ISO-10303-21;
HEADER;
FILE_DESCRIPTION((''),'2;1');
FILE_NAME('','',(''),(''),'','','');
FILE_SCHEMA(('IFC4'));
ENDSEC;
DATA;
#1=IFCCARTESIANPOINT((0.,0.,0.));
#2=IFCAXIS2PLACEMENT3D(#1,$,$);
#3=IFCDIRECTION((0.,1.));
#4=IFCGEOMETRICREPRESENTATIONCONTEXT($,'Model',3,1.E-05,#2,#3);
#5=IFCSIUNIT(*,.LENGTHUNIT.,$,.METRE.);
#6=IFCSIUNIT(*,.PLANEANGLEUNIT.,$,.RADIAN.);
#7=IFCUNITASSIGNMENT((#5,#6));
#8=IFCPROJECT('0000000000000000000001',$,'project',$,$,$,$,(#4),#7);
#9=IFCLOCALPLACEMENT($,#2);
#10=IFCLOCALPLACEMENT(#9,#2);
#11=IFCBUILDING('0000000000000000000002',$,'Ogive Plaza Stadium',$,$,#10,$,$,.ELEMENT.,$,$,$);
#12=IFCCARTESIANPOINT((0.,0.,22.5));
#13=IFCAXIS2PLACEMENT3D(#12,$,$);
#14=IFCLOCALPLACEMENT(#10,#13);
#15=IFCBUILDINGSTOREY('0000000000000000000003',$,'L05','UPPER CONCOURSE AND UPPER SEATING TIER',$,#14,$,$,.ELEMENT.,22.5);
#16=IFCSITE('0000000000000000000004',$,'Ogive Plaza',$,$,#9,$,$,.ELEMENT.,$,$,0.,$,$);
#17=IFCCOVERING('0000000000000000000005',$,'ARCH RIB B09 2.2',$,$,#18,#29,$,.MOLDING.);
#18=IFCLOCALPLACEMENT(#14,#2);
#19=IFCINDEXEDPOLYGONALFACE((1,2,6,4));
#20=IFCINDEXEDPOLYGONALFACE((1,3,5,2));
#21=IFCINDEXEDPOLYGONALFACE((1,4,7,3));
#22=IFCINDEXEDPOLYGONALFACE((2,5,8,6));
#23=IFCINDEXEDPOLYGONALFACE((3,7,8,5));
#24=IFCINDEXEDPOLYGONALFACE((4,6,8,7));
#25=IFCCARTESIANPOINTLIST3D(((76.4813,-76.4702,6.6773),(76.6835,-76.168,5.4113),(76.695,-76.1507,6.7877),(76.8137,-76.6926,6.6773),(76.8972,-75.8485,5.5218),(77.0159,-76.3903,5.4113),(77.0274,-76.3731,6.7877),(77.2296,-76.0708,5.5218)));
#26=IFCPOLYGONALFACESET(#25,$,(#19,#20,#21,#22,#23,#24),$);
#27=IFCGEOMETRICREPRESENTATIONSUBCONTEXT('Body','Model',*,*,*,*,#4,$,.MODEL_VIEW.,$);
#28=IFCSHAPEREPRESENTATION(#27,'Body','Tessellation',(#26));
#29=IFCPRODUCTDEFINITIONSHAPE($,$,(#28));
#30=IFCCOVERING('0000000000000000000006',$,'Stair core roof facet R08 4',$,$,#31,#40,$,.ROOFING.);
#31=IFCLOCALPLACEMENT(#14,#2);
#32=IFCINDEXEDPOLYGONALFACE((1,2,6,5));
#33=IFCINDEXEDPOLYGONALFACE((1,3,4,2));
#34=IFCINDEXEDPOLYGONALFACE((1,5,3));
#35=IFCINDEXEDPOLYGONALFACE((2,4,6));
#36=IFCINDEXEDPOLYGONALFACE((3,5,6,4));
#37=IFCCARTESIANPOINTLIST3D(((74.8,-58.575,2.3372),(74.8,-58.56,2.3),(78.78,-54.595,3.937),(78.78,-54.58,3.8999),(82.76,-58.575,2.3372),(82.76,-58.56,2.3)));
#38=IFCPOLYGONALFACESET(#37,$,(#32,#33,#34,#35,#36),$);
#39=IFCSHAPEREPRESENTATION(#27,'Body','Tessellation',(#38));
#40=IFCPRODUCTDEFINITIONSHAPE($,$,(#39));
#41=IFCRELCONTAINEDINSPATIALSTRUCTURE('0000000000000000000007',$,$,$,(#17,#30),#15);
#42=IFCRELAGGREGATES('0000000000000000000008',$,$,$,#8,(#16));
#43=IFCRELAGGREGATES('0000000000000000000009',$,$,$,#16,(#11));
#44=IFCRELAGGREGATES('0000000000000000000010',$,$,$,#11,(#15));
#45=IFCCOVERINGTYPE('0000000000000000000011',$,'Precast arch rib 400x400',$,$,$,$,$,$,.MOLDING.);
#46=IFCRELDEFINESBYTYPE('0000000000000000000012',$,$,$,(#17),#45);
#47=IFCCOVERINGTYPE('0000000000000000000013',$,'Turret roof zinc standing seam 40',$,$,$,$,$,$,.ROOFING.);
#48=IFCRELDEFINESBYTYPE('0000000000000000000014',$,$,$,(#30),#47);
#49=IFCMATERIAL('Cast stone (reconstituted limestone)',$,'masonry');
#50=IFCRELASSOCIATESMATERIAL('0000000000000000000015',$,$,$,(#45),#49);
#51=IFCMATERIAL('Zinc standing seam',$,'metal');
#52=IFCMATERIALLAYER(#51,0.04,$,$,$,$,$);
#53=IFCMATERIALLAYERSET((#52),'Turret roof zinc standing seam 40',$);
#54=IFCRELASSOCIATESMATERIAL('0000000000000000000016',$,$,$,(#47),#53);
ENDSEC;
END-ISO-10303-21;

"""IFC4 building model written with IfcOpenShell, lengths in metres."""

from ifc_helpers import new_model, si_unit, direction, frame, origin, origin_2d, place, context, subcontext, project, spatial, polyline, rectangle, outline, extrude, material, layer, layer_set, material_profile, profile_set, type_object, element, save


model = new_model("IFC4")

# Units and contexts
model_context = context("Model", 3, precision=1e-05, world=origin(), true_north=direction((0.0, 1.0)))
body_context = subcontext(model_context, "Body", "Model", "MODEL_VIEW")
ifc_project = project(units=[si_unit("LENGTHUNIT", "METRE"), si_unit("PLANEANGLEUNIT", "RADIAN")], contexts=[model_context])

# Site, building, storey
site_placement = place(None, origin())
site = spatial("IfcSite", under=ifc_project, at=site_placement, Name="Ogive Plaza", CompositionType="ELEMENT", RefElevation=0.0)
building_placement = place(site_placement, origin())
building = spatial("IfcBuilding", under=site, at=building_placement, Name="Ogive Plaza Stadium", CompositionType="ELEMENT")
storey_placement = place(building_placement, frame((0.0, 0.0, 22.5)))
storey = spatial("IfcBuildingStorey", under=building, at=storey_placement, Name="L05", Description="UPPER CONCOURSE AND UPPER SEATING TIER", CompositionType="ELEMENT", Elevation=22.5)

# Coverings
ifc_material_1 = material(Name="Cast stone (reconstituted limestone)", Category="masonry")
ifc_material_profile_1 = material_profile(ifc_material_1, rectangle(XDim=0.3999, YDim=0.3999, at=origin_2d()), Name="Cast stone 400x400")
ifc_profile_set_1 = profile_set([ifc_material_profile_1], Name="Cast stone (reconstituted limestone)")
covering_type_1 = type_object("IfcCoveringType", Name="Precast arch rib 400x400", PredefinedType="MOLDING", material=ifc_profile_set_1)
covering_1_placement = place(storey_placement, frame((76.9565, -76.1194, 5.4666), z_axis=(-0.153485, -0.229486, 0.961134), x_axis=(0.831223, -0.555939, 0.0)))
element("IfcCovering", 1, at=covering_1_placement, inside=storey, type_object=covering_type_1, Name="ARCH RIB B09 2.2", PredefinedType="MOLDING", context=body_context, shape_type="SweptSolid", body=[
    extrude(rectangle(XDim=0.3999, YDim=0.3999, at=origin_2d()), origin(), (0.0, 0.0, 1.0), 1.3171),
])
ifc_material_2 = material(Name="Zinc standing seam", Category="metal")
ifc_layer_1 = layer(ifc_material_2, 0.04)
ifc_layer_set_1 = layer_set([ifc_layer_1], Name="Turret roof zinc standing seam 40")
covering_type_2 = type_object("IfcCoveringType", Name="Turret roof zinc standing seam 40", PredefinedType="ROOFING", material=ifc_layer_set_1)
covering_2_placement = place(storey_placement, frame((74.8, -58.575, 2.3372), z_axis=(0.0, -0.37297, 0.927843), x_axis=(1.0, 0.0, 0.0)))
element("IfcCovering", 2, at=covering_2_placement, inside=storey, type_object=covering_type_2, Name="Stair core roof facet R08 4", PredefinedType="ROOFING", context=body_context, shape_type="SweptSolid", body=[
    extrude(outline(polyline([(0.0, 0.0), (7.96, 0.0), (3.98, 4.2895), (0.0, 0.0)])), origin(), (0.0, 0.0, -1.0), 0.04),
])

save(model, "model.ifc")
